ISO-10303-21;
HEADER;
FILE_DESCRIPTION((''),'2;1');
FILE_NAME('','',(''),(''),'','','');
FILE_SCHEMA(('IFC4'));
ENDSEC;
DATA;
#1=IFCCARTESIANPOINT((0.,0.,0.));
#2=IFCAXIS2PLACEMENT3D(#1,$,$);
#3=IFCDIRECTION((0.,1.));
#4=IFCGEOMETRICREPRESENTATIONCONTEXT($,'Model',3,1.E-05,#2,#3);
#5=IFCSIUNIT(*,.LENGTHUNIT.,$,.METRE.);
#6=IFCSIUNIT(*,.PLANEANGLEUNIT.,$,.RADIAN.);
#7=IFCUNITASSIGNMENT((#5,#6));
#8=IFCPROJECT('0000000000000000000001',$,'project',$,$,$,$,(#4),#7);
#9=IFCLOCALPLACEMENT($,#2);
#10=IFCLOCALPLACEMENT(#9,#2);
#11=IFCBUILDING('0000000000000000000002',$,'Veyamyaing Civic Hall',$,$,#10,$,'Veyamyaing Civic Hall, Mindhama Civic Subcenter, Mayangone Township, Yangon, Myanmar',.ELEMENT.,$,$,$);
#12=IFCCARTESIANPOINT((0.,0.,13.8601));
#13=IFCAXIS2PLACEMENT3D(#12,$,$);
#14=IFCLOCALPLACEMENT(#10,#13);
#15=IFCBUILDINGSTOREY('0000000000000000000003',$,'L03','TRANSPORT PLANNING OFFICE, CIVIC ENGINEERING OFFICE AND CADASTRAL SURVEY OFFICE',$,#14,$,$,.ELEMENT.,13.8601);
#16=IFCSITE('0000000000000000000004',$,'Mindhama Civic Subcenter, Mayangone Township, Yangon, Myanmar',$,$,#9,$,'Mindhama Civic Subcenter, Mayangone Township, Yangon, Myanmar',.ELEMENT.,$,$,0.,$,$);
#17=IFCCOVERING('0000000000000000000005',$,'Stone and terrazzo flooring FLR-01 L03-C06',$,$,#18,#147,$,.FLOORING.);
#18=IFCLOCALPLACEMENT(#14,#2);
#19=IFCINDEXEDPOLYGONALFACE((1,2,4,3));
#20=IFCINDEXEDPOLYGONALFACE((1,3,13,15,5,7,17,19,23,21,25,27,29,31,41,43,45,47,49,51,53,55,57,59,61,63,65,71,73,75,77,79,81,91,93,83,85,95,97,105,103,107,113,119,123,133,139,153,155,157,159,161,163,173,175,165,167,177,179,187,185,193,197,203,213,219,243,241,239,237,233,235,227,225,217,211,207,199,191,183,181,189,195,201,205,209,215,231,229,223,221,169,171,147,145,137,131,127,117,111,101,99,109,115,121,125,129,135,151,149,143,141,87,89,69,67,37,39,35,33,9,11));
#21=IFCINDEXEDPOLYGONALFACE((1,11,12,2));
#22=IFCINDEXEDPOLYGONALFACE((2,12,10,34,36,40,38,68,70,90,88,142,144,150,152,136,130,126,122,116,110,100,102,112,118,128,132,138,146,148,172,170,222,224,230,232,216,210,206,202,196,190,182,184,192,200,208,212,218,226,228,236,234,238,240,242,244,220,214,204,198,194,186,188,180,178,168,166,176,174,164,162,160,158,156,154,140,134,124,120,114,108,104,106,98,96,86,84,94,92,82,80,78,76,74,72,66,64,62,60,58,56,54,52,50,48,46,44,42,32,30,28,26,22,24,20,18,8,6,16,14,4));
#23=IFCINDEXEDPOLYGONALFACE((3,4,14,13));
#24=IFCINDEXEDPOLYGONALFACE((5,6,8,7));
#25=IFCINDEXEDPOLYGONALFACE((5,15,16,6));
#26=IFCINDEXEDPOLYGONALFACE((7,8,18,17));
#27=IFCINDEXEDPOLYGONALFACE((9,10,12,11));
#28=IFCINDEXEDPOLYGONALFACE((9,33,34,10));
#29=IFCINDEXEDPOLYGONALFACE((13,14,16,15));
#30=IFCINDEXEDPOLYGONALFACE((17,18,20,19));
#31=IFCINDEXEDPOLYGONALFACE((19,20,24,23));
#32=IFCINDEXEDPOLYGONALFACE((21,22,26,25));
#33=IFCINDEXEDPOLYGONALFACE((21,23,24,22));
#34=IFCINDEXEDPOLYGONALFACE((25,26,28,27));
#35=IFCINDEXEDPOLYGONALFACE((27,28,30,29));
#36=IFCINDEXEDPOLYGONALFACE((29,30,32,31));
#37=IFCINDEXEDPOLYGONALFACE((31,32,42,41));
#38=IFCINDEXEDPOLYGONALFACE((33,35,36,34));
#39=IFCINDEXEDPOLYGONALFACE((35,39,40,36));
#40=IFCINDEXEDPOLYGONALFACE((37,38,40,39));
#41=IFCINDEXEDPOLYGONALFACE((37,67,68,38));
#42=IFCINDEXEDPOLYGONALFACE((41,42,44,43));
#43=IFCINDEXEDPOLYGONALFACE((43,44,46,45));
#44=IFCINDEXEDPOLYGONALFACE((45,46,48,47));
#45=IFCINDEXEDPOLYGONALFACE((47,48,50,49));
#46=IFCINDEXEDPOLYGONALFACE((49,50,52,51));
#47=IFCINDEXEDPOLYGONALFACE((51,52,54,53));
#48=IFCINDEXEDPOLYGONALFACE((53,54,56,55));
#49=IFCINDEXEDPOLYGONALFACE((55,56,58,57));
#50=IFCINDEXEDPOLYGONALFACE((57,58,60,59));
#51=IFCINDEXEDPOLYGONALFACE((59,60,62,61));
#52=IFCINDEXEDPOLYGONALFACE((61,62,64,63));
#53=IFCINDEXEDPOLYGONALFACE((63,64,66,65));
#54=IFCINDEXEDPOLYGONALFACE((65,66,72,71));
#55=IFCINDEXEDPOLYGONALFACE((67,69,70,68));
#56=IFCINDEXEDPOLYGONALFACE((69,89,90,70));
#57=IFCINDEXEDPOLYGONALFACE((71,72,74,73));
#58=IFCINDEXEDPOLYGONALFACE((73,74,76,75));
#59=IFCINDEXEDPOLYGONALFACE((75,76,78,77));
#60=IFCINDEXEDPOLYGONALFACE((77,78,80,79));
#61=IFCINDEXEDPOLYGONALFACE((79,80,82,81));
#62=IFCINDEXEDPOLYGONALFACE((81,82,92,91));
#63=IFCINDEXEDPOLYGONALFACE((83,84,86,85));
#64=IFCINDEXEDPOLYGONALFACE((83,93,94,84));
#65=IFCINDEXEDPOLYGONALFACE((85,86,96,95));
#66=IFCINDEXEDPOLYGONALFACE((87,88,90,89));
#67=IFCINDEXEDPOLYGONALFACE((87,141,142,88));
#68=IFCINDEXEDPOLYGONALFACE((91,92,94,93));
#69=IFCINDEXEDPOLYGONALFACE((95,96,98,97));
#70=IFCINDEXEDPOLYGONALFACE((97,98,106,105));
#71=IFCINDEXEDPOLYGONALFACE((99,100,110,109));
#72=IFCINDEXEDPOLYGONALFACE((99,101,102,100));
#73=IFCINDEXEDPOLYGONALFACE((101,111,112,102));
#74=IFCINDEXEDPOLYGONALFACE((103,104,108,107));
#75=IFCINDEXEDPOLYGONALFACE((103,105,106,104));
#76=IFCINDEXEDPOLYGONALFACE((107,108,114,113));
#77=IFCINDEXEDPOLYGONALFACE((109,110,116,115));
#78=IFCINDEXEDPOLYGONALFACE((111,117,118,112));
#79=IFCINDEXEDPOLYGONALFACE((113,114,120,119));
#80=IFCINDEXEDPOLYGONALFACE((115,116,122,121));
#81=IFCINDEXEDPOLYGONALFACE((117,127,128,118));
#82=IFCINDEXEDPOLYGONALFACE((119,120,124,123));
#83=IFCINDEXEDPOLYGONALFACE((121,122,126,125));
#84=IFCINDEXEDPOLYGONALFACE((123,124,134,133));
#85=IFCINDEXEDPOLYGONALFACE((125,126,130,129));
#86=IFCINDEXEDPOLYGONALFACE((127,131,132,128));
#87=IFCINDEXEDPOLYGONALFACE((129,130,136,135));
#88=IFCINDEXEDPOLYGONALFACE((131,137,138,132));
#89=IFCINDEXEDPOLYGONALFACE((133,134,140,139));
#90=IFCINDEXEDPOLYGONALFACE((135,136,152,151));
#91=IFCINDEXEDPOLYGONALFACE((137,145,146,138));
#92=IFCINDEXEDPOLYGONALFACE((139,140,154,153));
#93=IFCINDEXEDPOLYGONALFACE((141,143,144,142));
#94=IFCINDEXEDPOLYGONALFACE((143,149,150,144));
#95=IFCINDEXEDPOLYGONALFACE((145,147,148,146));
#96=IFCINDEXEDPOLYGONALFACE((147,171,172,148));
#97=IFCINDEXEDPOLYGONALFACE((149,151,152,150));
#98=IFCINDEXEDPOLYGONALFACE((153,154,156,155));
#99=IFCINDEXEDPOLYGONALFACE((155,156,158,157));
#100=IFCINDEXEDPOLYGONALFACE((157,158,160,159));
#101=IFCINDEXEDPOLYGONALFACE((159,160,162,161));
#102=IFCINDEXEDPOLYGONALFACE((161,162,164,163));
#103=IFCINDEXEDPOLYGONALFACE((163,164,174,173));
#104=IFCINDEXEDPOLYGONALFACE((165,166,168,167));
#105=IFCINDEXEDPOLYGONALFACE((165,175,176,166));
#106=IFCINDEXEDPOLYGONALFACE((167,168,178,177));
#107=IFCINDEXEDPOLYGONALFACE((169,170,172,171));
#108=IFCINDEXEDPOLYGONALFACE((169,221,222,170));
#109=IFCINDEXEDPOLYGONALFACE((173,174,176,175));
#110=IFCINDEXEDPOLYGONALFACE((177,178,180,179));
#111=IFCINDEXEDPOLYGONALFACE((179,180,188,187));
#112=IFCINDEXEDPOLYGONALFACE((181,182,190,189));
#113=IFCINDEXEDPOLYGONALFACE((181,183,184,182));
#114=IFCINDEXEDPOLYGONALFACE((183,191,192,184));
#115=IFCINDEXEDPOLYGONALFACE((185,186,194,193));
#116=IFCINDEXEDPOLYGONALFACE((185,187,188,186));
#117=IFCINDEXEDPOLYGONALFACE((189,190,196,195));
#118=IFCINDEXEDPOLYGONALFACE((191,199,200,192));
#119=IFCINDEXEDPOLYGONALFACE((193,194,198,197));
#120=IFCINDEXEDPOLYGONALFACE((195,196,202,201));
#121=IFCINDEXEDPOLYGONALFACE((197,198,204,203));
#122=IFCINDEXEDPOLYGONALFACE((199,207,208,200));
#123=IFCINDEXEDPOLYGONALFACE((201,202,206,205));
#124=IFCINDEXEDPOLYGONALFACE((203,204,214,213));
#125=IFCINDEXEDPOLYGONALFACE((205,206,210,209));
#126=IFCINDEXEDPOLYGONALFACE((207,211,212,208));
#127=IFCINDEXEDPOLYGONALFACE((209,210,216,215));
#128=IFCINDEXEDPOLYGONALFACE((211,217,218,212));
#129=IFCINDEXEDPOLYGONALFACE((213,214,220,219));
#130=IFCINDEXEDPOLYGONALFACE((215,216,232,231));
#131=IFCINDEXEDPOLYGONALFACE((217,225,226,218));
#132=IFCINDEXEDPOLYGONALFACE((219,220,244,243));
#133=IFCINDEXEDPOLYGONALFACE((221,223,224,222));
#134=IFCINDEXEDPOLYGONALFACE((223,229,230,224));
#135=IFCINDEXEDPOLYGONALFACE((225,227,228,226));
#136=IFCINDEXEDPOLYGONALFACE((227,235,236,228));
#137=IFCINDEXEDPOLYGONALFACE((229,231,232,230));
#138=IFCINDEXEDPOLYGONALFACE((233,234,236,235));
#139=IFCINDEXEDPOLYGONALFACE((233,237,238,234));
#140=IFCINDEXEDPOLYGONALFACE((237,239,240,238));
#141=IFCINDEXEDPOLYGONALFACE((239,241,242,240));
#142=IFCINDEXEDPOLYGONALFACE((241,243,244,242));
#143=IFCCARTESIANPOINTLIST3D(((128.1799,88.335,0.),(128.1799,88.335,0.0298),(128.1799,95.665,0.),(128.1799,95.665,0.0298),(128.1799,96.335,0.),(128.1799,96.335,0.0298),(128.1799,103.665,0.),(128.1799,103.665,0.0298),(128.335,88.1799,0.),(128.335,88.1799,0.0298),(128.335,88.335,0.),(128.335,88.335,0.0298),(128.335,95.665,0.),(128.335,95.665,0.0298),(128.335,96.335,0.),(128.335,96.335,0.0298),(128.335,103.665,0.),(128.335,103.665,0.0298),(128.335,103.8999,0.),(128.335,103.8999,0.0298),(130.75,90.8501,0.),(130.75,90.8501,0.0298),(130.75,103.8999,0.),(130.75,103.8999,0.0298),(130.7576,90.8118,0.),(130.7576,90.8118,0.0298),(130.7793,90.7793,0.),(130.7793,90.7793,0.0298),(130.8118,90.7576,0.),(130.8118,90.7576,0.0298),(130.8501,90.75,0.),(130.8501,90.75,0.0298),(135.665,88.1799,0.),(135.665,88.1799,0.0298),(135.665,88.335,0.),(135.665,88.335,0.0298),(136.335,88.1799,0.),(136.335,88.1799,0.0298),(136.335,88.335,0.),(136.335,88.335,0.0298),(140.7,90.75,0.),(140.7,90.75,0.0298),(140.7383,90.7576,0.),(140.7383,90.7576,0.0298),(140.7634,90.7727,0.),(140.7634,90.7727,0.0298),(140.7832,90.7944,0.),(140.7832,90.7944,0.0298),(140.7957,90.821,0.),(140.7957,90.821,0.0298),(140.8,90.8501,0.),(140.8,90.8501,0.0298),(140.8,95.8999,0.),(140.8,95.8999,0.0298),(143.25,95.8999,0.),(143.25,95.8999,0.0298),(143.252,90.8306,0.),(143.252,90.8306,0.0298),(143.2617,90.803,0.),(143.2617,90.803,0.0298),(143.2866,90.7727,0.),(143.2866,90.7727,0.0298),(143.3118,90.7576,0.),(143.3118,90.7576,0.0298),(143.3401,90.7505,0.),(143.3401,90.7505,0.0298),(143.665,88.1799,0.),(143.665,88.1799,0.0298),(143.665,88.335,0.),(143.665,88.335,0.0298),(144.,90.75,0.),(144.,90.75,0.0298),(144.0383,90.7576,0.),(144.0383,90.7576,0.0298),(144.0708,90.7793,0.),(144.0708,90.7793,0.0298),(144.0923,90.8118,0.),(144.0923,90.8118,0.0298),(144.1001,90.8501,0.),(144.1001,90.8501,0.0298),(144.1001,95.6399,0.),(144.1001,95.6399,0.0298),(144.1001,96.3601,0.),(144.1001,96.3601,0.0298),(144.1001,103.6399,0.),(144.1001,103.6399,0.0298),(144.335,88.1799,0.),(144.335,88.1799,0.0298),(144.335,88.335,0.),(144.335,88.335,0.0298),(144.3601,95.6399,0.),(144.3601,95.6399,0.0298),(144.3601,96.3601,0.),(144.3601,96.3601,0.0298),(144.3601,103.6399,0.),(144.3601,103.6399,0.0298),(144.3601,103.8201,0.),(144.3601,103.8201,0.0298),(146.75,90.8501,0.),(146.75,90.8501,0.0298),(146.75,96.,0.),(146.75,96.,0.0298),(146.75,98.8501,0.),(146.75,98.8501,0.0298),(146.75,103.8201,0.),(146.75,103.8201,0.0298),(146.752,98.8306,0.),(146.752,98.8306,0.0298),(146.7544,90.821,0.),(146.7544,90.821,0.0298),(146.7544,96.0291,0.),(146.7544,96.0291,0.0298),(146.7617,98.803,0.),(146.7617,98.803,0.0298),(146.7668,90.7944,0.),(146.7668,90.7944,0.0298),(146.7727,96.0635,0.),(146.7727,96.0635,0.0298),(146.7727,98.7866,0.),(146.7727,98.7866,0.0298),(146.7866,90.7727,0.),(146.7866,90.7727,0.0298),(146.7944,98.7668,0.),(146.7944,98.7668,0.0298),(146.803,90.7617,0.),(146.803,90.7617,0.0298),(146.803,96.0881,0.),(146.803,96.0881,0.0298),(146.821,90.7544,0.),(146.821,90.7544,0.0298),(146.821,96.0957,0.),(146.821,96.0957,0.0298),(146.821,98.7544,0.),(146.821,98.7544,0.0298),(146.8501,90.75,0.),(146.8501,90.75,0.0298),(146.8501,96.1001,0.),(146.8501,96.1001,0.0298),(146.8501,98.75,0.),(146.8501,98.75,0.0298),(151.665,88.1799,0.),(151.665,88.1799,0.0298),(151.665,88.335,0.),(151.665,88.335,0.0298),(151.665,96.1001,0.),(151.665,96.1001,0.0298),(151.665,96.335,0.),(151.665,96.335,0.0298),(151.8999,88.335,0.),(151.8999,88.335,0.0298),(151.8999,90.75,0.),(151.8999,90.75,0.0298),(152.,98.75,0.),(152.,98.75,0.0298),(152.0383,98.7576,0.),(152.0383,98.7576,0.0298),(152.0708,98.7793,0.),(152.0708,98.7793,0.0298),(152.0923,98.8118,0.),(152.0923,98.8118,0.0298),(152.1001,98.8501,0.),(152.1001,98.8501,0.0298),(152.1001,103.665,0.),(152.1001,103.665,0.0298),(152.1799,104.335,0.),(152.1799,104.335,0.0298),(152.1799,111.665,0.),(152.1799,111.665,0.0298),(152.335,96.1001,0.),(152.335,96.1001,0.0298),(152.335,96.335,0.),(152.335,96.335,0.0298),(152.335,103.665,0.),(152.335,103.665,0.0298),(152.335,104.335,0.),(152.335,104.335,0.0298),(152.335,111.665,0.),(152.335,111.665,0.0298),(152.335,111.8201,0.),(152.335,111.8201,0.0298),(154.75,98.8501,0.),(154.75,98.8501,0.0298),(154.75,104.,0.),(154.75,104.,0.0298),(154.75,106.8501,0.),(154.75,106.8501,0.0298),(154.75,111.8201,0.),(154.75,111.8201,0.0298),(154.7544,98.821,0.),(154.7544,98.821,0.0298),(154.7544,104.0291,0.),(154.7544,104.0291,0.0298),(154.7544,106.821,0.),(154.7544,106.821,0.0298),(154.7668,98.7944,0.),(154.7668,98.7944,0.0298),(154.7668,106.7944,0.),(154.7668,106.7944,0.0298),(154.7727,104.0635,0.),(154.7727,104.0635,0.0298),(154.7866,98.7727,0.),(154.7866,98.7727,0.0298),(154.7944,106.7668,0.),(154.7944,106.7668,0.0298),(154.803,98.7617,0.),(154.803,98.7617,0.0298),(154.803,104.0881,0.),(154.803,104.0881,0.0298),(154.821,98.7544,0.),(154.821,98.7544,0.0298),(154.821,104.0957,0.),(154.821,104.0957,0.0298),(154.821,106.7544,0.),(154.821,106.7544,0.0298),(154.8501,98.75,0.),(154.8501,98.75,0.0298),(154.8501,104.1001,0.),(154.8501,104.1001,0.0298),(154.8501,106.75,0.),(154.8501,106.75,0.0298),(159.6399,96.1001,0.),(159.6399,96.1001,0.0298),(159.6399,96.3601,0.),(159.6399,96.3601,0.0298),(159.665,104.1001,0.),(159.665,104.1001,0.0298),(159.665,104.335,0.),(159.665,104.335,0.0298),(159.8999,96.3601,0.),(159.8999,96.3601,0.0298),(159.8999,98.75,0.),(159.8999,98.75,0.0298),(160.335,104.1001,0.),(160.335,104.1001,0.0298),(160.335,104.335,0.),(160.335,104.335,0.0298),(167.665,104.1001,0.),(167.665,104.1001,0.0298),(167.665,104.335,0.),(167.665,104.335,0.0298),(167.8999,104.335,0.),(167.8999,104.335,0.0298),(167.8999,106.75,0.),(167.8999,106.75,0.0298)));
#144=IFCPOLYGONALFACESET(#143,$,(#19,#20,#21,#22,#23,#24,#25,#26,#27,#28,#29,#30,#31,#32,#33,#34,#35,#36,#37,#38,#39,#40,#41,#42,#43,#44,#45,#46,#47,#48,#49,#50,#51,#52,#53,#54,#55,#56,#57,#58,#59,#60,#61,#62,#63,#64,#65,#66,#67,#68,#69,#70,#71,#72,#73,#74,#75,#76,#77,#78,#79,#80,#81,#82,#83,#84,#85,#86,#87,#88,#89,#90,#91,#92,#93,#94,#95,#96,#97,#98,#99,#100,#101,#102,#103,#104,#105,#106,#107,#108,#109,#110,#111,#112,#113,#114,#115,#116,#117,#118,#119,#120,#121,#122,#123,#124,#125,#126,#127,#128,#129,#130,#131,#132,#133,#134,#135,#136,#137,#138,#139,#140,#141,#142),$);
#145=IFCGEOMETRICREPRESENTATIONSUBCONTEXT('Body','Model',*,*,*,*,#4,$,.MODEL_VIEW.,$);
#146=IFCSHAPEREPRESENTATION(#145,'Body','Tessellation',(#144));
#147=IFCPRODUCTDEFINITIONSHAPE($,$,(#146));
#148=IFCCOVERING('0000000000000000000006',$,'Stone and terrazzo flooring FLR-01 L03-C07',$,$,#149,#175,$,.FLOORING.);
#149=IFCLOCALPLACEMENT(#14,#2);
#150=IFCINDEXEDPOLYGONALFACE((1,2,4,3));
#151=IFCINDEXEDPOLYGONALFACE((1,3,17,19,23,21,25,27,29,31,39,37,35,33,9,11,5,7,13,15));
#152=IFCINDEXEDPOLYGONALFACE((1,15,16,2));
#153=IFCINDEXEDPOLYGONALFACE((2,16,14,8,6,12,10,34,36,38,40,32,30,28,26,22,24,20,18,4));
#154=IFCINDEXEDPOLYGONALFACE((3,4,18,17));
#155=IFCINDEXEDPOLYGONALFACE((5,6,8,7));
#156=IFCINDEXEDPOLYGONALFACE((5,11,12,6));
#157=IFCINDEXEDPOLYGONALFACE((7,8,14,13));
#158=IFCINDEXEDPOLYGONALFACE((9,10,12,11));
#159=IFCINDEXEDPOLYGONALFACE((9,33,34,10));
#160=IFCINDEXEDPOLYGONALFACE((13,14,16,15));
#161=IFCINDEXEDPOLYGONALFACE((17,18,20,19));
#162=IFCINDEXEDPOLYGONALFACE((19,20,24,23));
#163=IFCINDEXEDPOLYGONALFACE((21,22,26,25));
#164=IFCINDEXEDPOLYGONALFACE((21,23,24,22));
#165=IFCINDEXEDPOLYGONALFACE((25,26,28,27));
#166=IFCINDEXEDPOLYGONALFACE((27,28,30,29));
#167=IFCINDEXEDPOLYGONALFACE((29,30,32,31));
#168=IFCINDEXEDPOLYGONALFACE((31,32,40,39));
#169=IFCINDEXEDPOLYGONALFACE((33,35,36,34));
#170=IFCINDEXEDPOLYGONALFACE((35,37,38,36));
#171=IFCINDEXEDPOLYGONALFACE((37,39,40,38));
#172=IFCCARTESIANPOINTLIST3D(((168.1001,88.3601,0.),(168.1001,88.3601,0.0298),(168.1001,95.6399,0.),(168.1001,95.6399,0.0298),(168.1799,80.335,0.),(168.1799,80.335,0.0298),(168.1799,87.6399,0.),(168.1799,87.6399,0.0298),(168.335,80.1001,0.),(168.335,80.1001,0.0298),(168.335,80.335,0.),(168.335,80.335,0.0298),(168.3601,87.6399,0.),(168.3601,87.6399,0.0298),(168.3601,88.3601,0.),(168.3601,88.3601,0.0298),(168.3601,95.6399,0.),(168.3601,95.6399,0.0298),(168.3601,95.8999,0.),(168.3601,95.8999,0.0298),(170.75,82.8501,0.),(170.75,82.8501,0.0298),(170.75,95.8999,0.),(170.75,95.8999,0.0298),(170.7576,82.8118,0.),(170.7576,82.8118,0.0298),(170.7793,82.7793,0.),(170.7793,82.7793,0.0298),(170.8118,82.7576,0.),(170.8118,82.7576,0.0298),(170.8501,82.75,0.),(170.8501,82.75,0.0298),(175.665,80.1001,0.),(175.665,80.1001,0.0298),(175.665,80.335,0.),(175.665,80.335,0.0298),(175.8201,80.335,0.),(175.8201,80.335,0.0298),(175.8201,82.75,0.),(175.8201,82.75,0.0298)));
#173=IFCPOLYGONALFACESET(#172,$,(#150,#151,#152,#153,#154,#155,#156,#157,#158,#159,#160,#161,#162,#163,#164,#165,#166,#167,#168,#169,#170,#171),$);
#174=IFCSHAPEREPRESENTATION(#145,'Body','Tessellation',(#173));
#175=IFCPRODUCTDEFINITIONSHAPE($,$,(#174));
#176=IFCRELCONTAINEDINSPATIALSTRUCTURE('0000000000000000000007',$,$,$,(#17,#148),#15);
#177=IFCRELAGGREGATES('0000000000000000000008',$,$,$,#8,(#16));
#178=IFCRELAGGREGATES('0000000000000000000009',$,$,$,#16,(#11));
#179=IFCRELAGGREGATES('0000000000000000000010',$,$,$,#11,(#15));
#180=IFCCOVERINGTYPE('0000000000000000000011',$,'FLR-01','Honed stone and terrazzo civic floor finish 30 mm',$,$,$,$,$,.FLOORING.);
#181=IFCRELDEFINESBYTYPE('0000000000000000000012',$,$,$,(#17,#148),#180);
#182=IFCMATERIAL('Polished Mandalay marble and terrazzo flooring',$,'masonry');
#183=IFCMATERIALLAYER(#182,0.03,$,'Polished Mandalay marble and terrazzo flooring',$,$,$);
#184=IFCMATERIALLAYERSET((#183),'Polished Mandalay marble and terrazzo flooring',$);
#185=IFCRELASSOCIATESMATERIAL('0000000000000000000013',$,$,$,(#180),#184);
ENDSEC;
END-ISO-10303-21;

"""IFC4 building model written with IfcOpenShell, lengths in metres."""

from ifc_helpers import new_model, si_unit, direction, frame, origin, place, context, subcontext, project, spatial, polyline, outline, extrude, material, layer, layer_set, type_object, element, save


model = new_model("IFC4")

# Units and contexts
model_context = context("Model", 3, precision=1e-05, world=origin(), true_north=direction((0.0, 1.0)))
body_context = subcontext(model_context, "Body", "Model", "MODEL_VIEW")
ifc_project = project(units=[si_unit("LENGTHUNIT", "METRE"), si_unit("PLANEANGLEUNIT", "RADIAN")], contexts=[model_context])

# Site, building, storey
site_placement = place(None, origin())
site = spatial("IfcSite", under=ifc_project, at=site_placement, Name="Mindhama Civic Subcenter, Mayangone Township, Yangon, Myanmar", LongName="Mindhama Civic Subcenter, Mayangone Township, Yangon, Myanmar", CompositionType="ELEMENT", RefElevation=0.0)
building_placement = place(site_placement, origin())
building = spatial("IfcBuilding", under=site, at=building_placement, Name="Veyamyaing Civic Hall", LongName="Veyamyaing Civic Hall, Mindhama Civic Subcenter, Mayangone Township, Yangon, Myanmar", CompositionType="ELEMENT")
storey_placement = place(building_placement, frame((0.0, 0.0, 13.8601)))
storey = spatial("IfcBuildingStorey", under=building, at=storey_placement, Name="L03", Description="TRANSPORT PLANNING OFFICE, CIVIC ENGINEERING OFFICE AND CADASTRAL SURVEY OFFICE", CompositionType="ELEMENT", Elevation=13.8601)

# Coverings
ifc_material_1 = material(Name="Polished Mandalay marble and terrazzo flooring", Category="masonry")
ifc_layer_1 = layer(ifc_material_1, 0.03, Name="Polished Mandalay marble and terrazzo flooring")
ifc_layer_set_1 = layer_set([ifc_layer_1], Name="Polished Mandalay marble and terrazzo flooring")
covering_type_1 = type_object("IfcCoveringType", Name="FLR-01", Description="Honed stone and terrazzo civic floor finish 30 mm", PredefinedType="FLOORING", material=ifc_layer_set_1)
covering_1_placement = place(storey_placement, origin())
element("IfcCovering", 1, at=covering_1_placement, inside=storey, type_object=covering_type_1, Name="Stone and terrazzo flooring FLR-01 L03-C06", PredefinedType="FLOORING", context=body_context, shape_type="SweptSolid", body=[
    extrude(outline(polyline([(130.75, 90.8501), (130.7576, 90.8118), (130.7793, 90.7793), (130.8118, 90.7576), (130.8501, 90.75), (140.7, 90.75), (140.7383, 90.7576), (140.7634, 90.7727), (140.7832, 90.7944), (140.7957, 90.821), (140.8, 90.8501), (140.8, 95.8999), (143.25, 95.8999), (143.252, 90.8306), (143.2617, 90.803), (143.2866, 90.7727), (143.3118, 90.7576), (143.3401, 90.7505), (144.0, 90.75), (144.0383, 90.7576), (144.0708, 90.7793), (144.0923, 90.8118), (144.1001, 90.8501), (144.1001, 95.6399), (144.3601, 95.6399), (144.3601, 96.3601), (144.1001, 96.3601), (144.1001, 103.6399), (144.3601, 103.6399), (144.3601, 103.8201), (146.75, 103.8201), (146.75, 98.8501), (146.752, 98.8306), (146.7617, 98.803), (146.7727, 98.7866), (146.7944, 98.7668), (146.821, 98.7544), (146.8501, 98.75), (152.0, 98.75), (152.0383, 98.7576), (152.0708, 98.7793), (152.0923, 98.8118), (152.1001, 98.8501), (152.1001, 103.665), (152.335, 103.665), (152.335, 104.335), (152.1799, 104.335), (152.1799, 111.665), (152.335, 111.665), (152.335, 111.8201), (154.75, 111.8201), (154.75, 106.8501), (154.7544, 106.821), (154.7668, 106.7944), (154.7944, 106.7668), (154.821, 106.7544), (154.8501, 106.75), (167.8999, 106.75), (167.8999, 104.335), (167.665, 104.335), (167.665, 104.1001), (160.335, 104.1001), (160.335, 104.335), (159.665, 104.335), (159.665, 104.1001), (154.8501, 104.1001), (154.821, 104.0957), (154.803, 104.0881), (154.7727, 104.0635), (154.7544, 104.0291), (154.75, 104.0), (154.75, 98.8501), (154.7544, 98.821), (154.7668, 98.7944), (154.7866, 98.7727), (154.803, 98.7617), (154.821, 98.7544), (154.8501, 98.75), (159.8999, 98.75), (159.8999, 96.3601), (159.6399, 96.3601), (159.6399, 96.1001), (152.335, 96.1001), (152.335, 96.335), (151.665, 96.335), (151.665, 96.1001), (146.8501, 96.1001), (146.821, 96.0957), (146.803, 96.0881), (146.7727, 96.0635), (146.7544, 96.0291), (146.75, 96.0), (146.75, 90.8501), (146.7544, 90.821), (146.7668, 90.7944), (146.7866, 90.7727), (146.803, 90.7617), (146.821, 90.7544), (146.8501, 90.75), (151.8999, 90.75), (151.8999, 88.335), (151.665, 88.335), (151.665, 88.1799), (144.335, 88.1799), (144.335, 88.335), (143.665, 88.335), (143.665, 88.1799), (136.335, 88.1799), (136.335, 88.335), (135.665, 88.335), (135.665, 88.1799), (128.335, 88.1799), (128.335, 88.335), (128.1799, 88.335), (128.1799, 95.665), (128.335, 95.665), (128.335, 96.335), (128.1799, 96.335), (128.1799, 103.665), (128.335, 103.665), (128.335, 103.8999), (130.75, 103.8999), (130.75, 90.8501)])), origin(), (0.0, 0.0, 1.0), 0.0298),
])
covering_2_placement = place(storey_placement, origin())
element("IfcCovering", 2, at=covering_2_placement, inside=storey, type_object=covering_type_1, Name="Stone and terrazzo flooring FLR-01 L03-C07", PredefinedType="FLOORING", context=body_context, shape_type="SweptSolid", body=[
    extrude(outline(polyline([(170.75, 82.8501), (170.7576, 82.8118), (170.7793, 82.7793), (170.8118, 82.7576), (170.8501, 82.75), (175.8201, 82.75), (175.8201, 80.335), (175.665, 80.335), (175.665, 80.1001), (168.335, 80.1001), (168.335, 80.335), (168.1799, 80.335), (168.1799, 87.6399), (168.3601, 87.6399), (168.3601, 88.3601), (168.1001, 88.3601), (168.1001, 95.6399), (168.3601, 95.6399), (168.3601, 95.8999), (170.75, 95.8999), (170.75, 82.8501)])), origin(), (0.0, 0.0, 1.0), 0.0298),
])

save(model, "model.ifc")
